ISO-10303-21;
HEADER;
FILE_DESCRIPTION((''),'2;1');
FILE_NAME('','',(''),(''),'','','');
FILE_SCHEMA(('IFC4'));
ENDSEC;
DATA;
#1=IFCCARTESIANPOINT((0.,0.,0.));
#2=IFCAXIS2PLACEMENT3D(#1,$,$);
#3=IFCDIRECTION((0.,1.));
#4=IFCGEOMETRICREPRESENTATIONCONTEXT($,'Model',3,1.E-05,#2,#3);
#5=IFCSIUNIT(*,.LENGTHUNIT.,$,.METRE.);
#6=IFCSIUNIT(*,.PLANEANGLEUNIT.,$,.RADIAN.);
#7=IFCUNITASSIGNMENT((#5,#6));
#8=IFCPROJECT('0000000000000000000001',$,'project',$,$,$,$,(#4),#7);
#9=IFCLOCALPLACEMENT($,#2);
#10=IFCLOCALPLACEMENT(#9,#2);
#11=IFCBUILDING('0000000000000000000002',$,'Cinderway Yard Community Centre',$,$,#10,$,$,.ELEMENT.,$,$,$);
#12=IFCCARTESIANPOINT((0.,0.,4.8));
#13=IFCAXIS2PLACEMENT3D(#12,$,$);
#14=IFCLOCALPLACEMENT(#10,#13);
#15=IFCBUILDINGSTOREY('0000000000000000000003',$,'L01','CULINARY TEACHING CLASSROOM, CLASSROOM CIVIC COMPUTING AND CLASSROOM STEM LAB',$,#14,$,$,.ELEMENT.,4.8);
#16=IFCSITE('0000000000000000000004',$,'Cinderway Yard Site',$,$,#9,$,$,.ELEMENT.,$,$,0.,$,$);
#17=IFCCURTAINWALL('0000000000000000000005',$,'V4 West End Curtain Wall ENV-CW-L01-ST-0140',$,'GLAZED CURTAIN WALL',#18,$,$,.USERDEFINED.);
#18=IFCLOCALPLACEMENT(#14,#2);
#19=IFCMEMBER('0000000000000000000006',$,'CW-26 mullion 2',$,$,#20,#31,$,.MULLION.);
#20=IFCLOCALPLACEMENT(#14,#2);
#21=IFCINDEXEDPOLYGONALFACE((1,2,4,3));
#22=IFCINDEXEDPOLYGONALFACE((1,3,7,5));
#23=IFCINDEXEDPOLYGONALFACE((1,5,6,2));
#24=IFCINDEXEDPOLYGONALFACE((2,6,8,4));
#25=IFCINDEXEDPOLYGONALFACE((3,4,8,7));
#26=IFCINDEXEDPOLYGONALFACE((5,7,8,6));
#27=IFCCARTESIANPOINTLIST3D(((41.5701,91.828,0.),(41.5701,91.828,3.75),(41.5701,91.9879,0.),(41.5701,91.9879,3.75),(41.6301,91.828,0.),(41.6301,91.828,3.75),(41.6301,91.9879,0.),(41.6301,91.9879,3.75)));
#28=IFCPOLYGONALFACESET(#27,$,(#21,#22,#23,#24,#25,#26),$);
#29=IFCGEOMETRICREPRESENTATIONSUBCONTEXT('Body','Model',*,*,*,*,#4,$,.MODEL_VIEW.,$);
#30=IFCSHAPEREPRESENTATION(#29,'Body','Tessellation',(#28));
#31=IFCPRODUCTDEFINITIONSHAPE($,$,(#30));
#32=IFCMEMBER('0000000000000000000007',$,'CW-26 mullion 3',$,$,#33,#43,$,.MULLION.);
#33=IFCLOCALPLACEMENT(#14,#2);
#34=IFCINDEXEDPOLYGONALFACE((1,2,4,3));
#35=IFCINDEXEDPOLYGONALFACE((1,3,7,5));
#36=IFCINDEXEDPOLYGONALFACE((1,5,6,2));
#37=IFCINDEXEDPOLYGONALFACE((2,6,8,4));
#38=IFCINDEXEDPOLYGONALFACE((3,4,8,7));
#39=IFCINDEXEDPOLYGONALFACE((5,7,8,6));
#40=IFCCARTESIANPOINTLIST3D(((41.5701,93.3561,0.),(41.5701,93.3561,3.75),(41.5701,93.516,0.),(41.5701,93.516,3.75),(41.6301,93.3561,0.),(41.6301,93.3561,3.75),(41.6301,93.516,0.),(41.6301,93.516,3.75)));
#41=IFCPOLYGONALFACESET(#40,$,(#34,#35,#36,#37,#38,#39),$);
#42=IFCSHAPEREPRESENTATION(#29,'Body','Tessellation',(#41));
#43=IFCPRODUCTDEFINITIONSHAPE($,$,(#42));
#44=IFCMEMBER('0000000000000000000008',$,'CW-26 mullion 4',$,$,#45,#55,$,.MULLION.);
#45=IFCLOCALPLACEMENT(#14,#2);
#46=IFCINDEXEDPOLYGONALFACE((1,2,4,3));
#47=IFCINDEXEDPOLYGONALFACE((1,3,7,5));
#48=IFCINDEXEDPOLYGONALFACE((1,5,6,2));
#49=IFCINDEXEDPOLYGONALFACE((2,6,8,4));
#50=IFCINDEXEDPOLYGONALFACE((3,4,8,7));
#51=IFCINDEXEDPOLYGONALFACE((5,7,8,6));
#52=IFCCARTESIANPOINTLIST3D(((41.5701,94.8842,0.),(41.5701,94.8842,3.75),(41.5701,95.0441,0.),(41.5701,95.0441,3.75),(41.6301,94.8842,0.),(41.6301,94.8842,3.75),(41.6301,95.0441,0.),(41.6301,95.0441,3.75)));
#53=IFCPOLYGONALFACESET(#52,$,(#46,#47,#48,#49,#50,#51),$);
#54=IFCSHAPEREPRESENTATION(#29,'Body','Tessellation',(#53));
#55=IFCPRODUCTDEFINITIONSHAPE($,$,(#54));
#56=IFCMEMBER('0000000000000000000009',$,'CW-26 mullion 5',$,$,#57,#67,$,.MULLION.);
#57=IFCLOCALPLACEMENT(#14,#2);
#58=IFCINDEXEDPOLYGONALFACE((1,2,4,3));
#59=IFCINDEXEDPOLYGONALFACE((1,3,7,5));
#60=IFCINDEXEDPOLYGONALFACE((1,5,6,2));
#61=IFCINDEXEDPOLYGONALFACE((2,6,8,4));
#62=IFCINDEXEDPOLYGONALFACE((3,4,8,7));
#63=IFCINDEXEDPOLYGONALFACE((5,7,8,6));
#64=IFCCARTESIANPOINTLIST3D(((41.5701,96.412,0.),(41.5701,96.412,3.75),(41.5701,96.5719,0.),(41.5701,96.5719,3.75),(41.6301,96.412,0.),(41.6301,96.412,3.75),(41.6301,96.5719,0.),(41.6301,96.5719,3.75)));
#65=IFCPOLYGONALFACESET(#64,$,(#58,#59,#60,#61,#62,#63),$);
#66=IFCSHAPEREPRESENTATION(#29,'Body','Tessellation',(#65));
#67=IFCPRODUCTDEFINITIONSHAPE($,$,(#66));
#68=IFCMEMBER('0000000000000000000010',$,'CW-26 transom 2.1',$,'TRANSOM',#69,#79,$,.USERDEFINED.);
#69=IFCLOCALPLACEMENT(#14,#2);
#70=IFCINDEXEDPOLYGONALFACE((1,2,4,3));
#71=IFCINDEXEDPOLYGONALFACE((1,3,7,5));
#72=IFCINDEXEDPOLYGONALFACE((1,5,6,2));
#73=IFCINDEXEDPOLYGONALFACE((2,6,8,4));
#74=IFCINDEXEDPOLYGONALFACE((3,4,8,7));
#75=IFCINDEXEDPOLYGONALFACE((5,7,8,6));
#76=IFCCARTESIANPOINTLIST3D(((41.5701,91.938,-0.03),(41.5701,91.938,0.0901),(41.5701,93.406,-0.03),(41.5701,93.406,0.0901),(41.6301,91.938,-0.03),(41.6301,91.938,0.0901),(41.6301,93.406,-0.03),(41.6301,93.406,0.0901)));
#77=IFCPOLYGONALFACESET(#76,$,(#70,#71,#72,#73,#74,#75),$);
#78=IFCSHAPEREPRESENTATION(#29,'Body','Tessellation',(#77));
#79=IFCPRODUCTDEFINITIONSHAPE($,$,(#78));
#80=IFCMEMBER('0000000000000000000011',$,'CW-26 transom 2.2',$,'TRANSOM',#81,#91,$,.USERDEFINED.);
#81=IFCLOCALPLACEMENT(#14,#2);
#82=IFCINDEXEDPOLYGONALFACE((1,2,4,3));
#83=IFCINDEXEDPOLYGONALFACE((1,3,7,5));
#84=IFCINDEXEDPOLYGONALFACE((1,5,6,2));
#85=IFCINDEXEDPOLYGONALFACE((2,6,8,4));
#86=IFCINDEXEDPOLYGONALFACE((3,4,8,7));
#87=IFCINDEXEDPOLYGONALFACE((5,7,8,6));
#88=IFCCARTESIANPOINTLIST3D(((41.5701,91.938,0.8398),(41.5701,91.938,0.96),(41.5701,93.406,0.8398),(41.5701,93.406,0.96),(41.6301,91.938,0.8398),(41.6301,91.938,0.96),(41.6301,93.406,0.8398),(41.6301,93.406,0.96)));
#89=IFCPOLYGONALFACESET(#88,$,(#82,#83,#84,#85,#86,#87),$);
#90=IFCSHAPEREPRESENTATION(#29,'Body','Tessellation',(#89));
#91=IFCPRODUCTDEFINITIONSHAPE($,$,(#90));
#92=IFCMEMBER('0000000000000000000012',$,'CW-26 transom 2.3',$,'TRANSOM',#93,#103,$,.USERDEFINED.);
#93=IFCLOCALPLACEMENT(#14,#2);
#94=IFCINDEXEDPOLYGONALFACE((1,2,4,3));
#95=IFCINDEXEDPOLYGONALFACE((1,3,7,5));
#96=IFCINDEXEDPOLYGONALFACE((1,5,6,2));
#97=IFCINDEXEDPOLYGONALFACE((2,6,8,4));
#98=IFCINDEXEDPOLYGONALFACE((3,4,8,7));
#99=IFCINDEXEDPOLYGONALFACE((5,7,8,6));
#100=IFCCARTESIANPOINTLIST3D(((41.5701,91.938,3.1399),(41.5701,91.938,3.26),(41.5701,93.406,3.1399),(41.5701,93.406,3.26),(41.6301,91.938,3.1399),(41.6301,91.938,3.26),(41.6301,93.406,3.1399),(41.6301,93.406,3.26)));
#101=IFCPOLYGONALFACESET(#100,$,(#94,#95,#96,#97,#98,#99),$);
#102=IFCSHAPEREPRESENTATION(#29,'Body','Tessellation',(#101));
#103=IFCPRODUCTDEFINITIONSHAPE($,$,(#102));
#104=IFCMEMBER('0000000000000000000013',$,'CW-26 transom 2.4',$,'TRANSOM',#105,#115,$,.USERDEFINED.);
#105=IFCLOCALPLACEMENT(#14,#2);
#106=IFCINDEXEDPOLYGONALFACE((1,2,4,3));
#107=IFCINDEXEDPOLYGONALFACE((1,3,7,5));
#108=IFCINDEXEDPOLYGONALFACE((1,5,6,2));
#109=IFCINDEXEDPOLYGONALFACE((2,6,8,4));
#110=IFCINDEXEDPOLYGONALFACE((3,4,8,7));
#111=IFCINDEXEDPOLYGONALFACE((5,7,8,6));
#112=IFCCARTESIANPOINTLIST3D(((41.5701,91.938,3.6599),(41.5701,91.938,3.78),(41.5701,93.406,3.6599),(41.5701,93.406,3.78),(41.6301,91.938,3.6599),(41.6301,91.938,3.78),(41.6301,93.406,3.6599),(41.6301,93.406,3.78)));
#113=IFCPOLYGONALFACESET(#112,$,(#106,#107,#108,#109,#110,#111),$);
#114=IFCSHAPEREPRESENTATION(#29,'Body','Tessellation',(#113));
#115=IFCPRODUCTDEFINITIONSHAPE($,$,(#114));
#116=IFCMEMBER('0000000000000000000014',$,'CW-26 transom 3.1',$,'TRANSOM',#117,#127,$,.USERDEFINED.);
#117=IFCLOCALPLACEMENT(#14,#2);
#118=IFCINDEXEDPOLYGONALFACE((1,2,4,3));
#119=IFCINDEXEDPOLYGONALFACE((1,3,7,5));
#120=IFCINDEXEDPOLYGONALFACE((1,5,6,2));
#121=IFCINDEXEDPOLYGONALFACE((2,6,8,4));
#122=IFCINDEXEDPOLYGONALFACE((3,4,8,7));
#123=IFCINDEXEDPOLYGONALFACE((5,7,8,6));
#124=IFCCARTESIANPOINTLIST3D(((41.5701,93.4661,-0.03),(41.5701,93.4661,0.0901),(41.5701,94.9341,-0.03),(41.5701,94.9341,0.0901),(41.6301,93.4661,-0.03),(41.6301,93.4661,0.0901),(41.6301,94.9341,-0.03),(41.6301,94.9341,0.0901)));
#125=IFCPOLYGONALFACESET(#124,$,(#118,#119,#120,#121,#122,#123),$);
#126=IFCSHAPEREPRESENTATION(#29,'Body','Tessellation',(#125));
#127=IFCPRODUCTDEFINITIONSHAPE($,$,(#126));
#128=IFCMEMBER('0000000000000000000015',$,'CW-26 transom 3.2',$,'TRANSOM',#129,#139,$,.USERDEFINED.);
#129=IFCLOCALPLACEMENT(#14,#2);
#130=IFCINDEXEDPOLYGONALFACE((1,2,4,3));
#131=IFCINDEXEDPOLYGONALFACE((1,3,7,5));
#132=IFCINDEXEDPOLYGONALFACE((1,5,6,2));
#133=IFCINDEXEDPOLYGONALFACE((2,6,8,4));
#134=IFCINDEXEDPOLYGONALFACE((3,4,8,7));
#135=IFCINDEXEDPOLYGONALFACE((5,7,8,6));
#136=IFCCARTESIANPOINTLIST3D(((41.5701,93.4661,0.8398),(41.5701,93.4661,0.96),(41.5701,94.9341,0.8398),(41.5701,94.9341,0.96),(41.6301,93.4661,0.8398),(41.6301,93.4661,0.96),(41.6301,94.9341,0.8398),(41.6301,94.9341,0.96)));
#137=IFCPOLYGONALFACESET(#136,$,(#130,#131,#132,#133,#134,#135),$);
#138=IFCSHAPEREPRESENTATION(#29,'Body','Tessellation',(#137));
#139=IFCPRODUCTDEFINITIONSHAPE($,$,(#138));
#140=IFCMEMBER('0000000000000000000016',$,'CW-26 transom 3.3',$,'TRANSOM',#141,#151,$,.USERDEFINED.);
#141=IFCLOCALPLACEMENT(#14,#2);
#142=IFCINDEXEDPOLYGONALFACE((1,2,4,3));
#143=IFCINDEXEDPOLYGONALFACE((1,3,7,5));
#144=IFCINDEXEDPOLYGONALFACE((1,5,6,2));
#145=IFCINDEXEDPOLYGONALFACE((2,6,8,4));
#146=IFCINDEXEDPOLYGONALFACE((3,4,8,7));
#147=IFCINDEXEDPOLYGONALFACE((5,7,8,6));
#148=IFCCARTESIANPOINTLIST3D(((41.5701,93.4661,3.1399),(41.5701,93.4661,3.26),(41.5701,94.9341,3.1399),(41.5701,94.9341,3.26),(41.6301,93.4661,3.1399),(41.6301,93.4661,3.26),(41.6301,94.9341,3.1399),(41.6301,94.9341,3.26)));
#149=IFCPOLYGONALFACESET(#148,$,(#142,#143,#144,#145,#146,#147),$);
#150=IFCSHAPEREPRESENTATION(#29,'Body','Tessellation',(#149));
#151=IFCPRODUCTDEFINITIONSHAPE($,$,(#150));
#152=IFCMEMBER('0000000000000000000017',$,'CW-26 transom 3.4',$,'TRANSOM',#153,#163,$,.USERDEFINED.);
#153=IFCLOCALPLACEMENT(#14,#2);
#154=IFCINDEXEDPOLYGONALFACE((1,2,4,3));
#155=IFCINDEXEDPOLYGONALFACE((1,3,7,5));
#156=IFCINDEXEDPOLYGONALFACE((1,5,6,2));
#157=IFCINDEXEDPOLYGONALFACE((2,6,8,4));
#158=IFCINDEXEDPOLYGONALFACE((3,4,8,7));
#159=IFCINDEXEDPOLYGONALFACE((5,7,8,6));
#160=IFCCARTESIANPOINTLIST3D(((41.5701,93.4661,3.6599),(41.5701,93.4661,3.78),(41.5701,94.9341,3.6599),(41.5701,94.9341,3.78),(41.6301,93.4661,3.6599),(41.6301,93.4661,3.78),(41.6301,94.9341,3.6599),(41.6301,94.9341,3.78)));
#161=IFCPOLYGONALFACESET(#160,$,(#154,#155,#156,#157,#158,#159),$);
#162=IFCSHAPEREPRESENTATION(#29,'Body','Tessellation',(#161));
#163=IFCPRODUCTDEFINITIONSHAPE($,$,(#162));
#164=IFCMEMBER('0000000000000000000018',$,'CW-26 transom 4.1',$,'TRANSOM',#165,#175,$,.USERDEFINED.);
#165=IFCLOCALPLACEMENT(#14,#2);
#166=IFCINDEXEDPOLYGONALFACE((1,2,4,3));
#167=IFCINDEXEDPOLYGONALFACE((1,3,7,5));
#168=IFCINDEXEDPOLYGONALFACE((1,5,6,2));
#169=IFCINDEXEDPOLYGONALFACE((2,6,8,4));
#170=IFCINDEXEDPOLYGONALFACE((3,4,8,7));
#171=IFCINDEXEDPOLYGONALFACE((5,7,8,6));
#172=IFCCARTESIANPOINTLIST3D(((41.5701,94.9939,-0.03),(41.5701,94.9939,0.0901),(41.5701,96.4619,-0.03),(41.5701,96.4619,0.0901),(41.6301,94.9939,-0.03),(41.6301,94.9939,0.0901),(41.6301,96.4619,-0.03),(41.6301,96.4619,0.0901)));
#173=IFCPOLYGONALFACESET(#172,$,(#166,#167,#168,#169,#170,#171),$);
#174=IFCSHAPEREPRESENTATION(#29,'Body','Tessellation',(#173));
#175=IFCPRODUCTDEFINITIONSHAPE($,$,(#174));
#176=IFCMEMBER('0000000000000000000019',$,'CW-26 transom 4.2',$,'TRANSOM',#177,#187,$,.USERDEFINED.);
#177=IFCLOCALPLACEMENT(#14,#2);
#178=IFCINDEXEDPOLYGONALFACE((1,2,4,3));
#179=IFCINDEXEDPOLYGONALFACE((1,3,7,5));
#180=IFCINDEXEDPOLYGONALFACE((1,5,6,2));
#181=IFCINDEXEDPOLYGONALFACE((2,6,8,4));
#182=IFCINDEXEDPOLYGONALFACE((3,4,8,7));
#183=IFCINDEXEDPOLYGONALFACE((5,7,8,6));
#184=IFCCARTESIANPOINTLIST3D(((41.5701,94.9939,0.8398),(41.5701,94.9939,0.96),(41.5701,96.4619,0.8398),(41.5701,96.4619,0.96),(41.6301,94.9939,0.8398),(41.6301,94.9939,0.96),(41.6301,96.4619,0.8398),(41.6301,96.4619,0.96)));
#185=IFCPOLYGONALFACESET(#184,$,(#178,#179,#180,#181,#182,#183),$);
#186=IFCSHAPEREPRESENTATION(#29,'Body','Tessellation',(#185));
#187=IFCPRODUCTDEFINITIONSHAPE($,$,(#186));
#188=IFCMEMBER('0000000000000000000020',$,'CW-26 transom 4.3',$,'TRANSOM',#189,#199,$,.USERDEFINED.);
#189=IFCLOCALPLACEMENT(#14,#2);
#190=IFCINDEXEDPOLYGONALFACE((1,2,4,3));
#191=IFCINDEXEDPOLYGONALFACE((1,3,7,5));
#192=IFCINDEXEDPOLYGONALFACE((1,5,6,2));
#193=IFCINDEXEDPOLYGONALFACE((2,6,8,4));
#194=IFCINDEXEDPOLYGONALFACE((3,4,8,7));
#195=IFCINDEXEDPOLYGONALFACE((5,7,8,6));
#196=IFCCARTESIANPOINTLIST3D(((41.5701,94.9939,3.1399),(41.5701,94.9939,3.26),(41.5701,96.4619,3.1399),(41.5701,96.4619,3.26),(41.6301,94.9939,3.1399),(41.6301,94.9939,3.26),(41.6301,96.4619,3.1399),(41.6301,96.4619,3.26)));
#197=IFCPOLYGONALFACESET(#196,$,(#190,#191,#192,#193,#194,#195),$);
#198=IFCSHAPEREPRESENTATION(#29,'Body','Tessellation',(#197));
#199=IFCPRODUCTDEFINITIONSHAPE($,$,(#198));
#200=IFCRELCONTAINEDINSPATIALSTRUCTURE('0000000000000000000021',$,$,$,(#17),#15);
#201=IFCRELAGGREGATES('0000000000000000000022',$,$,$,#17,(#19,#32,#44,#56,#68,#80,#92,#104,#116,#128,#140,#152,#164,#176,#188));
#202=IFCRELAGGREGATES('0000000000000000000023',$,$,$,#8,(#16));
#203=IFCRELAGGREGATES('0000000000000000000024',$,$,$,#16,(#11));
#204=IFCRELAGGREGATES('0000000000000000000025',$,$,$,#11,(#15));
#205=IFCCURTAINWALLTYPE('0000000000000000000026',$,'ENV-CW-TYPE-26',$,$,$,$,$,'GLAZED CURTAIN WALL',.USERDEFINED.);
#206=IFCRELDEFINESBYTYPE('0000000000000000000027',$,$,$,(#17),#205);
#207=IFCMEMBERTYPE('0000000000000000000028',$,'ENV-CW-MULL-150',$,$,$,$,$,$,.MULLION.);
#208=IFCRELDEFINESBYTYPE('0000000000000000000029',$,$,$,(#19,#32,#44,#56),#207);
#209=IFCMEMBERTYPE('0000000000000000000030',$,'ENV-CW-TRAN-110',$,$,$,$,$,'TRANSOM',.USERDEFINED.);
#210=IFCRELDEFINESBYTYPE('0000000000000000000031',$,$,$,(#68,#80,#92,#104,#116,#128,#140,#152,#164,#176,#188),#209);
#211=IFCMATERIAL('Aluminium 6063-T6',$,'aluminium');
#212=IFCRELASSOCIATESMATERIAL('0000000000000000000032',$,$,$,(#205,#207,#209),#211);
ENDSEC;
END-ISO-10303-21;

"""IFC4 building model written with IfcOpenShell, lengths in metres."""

from ifc_helpers import new_model, si_unit, direction, frame, origin, origin_2d, place, context, subcontext, project, spatial, rectangle, extrude, material, material_profile, profile_set, type_object, element, aggregate, save


model = new_model("IFC4")

# Units and contexts
model_context = context("Model", 3, precision=1e-05, world=origin(), true_north=direction((0.0, 1.0)))
body_context = subcontext(model_context, "Body", "Model", "MODEL_VIEW")
ifc_project = project(units=[si_unit("LENGTHUNIT", "METRE"), si_unit("PLANEANGLEUNIT", "RADIAN")], contexts=[model_context])

# Site, building, storey
site_placement = place(None, origin())
site = spatial("IfcSite", under=ifc_project, at=site_placement, Name="Cinderway Yard Site", CompositionType="ELEMENT", RefElevation=0.0)
building_placement = place(site_placement, origin())
building = spatial("IfcBuilding", under=site, at=building_placement, Name="Cinderway Yard Community Centre", CompositionType="ELEMENT")
storey_placement = place(building_placement, frame((0.0, 0.0, 4.8)))
storey = spatial("IfcBuildingStorey", under=building, at=storey_placement, Name="L01", Description="CULINARY TEACHING CLASSROOM, CLASSROOM CIVIC COMPUTING AND CLASSROOM STEM LAB", CompositionType="ELEMENT", Elevation=4.8)

# Curtain wall, members
ifc_material_1 = material(Name="Aluminium 6063-T6", Category="aluminium")
curtain_wall_type = type_object("IfcCurtainWallType", Name="ENV-CW-TYPE-26", ElementType="GLAZED CURTAIN WALL", PredefinedType="USERDEFINED", material=ifc_material_1)
curtain_wall_placement = place(storey_placement, origin())
curtain_wall = element("IfcCurtainWall", 1, at=curtain_wall_placement, inside=storey, type_object=curtain_wall_type, Name="V4 West End Curtain Wall ENV-CW-L01-ST-0140", ObjectType="GLAZED CURTAIN WALL", PredefinedType="USERDEFINED")
ifc_material_profile_1 = material_profile(ifc_material_1, rectangle(XDim=0.0601, YDim=0.1599, at=origin_2d()), Name="Aluminium 6063-T6")
ifc_profile_set_1 = profile_set([ifc_material_profile_1], Name="Aluminium 6063-T6")
member_type_1 = type_object("IfcMemberType", Name="ENV-CW-MULL-150", PredefinedType="MULLION", material=ifc_profile_set_1)
member_1_placement = place(storey_placement, frame((41.6001, 91.908, 0.0), z_axis=(0.0, 0.0, 1.0), x_axis=(-1.0, 0.0, 0.0)))
member_1 = element("IfcMember", 2, at=member_1_placement, type_object=member_type_1, Name="CW-26 mullion 2", PredefinedType="MULLION", context=body_context, shape_type="SweptSolid", body=[
    extrude(rectangle(XDim=0.0601, YDim=0.1599, at=origin_2d()), origin(), (0.0, 0.0, 1.0), 3.75),
])
member_2_placement = place(storey_placement, frame((41.6001, 93.436, 0.0), z_axis=(0.0, 0.0, 1.0), x_axis=(-1.0, 0.0, 0.0)))
member_2 = element("IfcMember", 3, at=member_2_placement, type_object=member_type_1, Name="CW-26 mullion 3", PredefinedType="MULLION", context=body_context, shape_type="SweptSolid", body=[
    extrude(rectangle(XDim=0.0601, YDim=0.1599, at=origin_2d()), origin(), (0.0, 0.0, 1.0), 3.75),
])
member_3_placement = place(storey_placement, frame((41.6001, 94.9641, 0.0), z_axis=(0.0, 0.0, 1.0), x_axis=(-1.0, 0.0, 0.0)))
member_3 = element("IfcMember", 4, at=member_3_placement, type_object=member_type_1, Name="CW-26 mullion 4", PredefinedType="MULLION", context=body_context, shape_type="SweptSolid", body=[
    extrude(rectangle(XDim=0.0601, YDim=0.1599, at=origin_2d()), origin(), (0.0, 0.0, 1.0), 3.75),
])
member_4_placement = place(storey_placement, frame((41.6001, 96.4919, 0.0), z_axis=(0.0, 0.0, 1.0), x_axis=(-1.0, 0.0, 0.0)))
member_4 = element("IfcMember", 5, at=member_4_placement, type_object=member_type_1, Name="CW-26 mullion 5", PredefinedType="MULLION", context=body_context, shape_type="SweptSolid", body=[
    extrude(rectangle(XDim=0.0601, YDim=0.1599, at=origin_2d()), origin(), (0.0, 0.0, 1.0), 3.75),
])
ifc_material_profile_2 = material_profile(ifc_material_1, rectangle(XDim=0.0601, YDim=0.1201, at=origin_2d()), Name="Aluminium 6063-T6")
ifc_profile_set_2 = profile_set([ifc_material_profile_2], Name="Aluminium 6063-T6")
member_type_2 = type_object("IfcMemberType", Name="ENV-CW-TRAN-110", ElementType="TRANSOM", PredefinedType="USERDEFINED", material=ifc_profile_set_2)
member_5_placement = place(storey_placement, frame((41.6001, 91.938, 0.03), z_axis=(0.0, 1.0, 0.0), x_axis=(-1.0, 0.0, 0.0)))
member_5 = element("IfcMember", 6, at=member_5_placement, type_object=member_type_2, Name="CW-26 transom 2.1", ObjectType="TRANSOM", PredefinedType="USERDEFINED", context=body_context, shape_type="SweptSolid", body=[
    extrude(rectangle(XDim=0.0601, YDim=0.1201, at=origin_2d()), origin(), (0.0, 0.0, 1.0), 1.468),
])
member_6_placement = place(storey_placement, frame((41.6001, 91.938, 0.8999), z_axis=(0.0, 1.0, 0.0), x_axis=(-1.0, 0.0, 0.0)))
member_6 = element("IfcMember", 7, at=member_6_placement, type_object=member_type_2, Name="CW-26 transom 2.2", ObjectType="TRANSOM", PredefinedType="USERDEFINED", context=body_context, shape_type="SweptSolid", body=[
    extrude(rectangle(XDim=0.0601, YDim=0.1201, at=origin_2d()), origin(), (0.0, 0.0, 1.0), 1.468),
])
member_7_placement = place(storey_placement, frame((41.6001, 91.938, 3.2), z_axis=(0.0, 1.0, 0.0), x_axis=(-1.0, 0.0, 0.0)))
member_7 = element("IfcMember", 8, at=member_7_placement, type_object=member_type_2, Name="CW-26 transom 2.3", ObjectType="TRANSOM", PredefinedType="USERDEFINED", context=body_context, shape_type="SweptSolid", body=[
    extrude(rectangle(XDim=0.0601, YDim=0.1201, at=origin_2d()), origin(), (0.0, 0.0, 1.0), 1.468),
])
member_8_placement = place(storey_placement, frame((41.6001, 91.938, 3.72), z_axis=(0.0, 1.0, 0.0), x_axis=(-1.0, 0.0, 0.0)))
member_8 = element("IfcMember", 9, at=member_8_placement, type_object=member_type_2, Name="CW-26 transom 2.4", ObjectType="TRANSOM", PredefinedType="USERDEFINED", context=body_context, shape_type="SweptSolid", body=[
    extrude(rectangle(XDim=0.0601, YDim=0.1201, at=origin_2d()), origin(), (0.0, 0.0, 1.0), 1.468),
])
member_9_placement = place(storey_placement, frame((41.6001, 93.4661, 0.03), z_axis=(0.0, 1.0, 0.0), x_axis=(-1.0, 0.0, 0.0)))
member_9 = element("IfcMember", 10, at=member_9_placement, type_object=member_type_2, Name="CW-26 transom 3.1", ObjectType="TRANSOM", PredefinedType="USERDEFINED", context=body_context, shape_type="SweptSolid", body=[
    extrude(rectangle(XDim=0.0601, YDim=0.1201, at=origin_2d()), origin(), (0.0, 0.0, 1.0), 1.468),
])
member_10_placement = place(storey_placement, frame((41.6001, 93.4661, 0.8999), z_axis=(0.0, 1.0, 0.0), x_axis=(-1.0, 0.0, 0.0)))
member_10 = element("IfcMember", 11, at=member_10_placement, type_object=member_type_2, Name="CW-26 transom 3.2", ObjectType="TRANSOM", PredefinedType="USERDEFINED", context=body_context, shape_type="SweptSolid", body=[
    extrude(rectangle(XDim=0.0601, YDim=0.1201, at=origin_2d()), origin(), (0.0, 0.0, 1.0), 1.468),
])
member_11_placement = place(storey_placement, frame((41.6001, 93.4661, 3.2), z_axis=(0.0, 1.0, 0.0), x_axis=(-1.0, 0.0, 0.0)))
member_11 = element("IfcMember", 12, at=member_11_placement, type_object=member_type_2, Name="CW-26 transom 3.3", ObjectType="TRANSOM", PredefinedType="USERDEFINED", context=body_context, shape_type="SweptSolid", body=[
    extrude(rectangle(XDim=0.0601, YDim=0.1201, at=origin_2d()), origin(), (0.0, 0.0, 1.0), 1.468),
])
member_12_placement = place(storey_placement, frame((41.6001, 93.4661, 3.72), z_axis=(0.0, 1.0, 0.0), x_axis=(-1.0, 0.0, 0.0)))
member_12 = element("IfcMember", 13, at=member_12_placement, type_object=member_type_2, Name="CW-26 transom 3.4", ObjectType="TRANSOM", PredefinedType="USERDEFINED", context=body_context, shape_type="SweptSolid", body=[
    extrude(rectangle(XDim=0.0601, YDim=0.1201, at=origin_2d()), origin(), (0.0, 0.0, 1.0), 1.468),
])
member_13_placement = place(storey_placement, frame((41.6001, 94.9939, 0.03), z_axis=(0.0, 1.0, 0.0), x_axis=(-1.0, 0.0, 0.0)))
member_13 = element("IfcMember", 14, at=member_13_placement, type_object=member_type_2, Name="CW-26 transom 4.1", ObjectType="TRANSOM", PredefinedType="USERDEFINED", context=body_context, shape_type="SweptSolid", body=[
    extrude(rectangle(XDim=0.0601, YDim=0.1201, at=origin_2d()), origin(), (0.0, 0.0, 1.0), 1.468),
])
member_14_placement = place(storey_placement, frame((41.6001, 94.9939, 0.8999), z_axis=(0.0, 1.0, 0.0), x_axis=(-1.0, 0.0, 0.0)))
member_14 = element("IfcMember", 15, at=member_14_placement, type_object=member_type_2, Name="CW-26 transom 4.2", ObjectType="TRANSOM", PredefinedType="USERDEFINED", context=body_context, shape_type="SweptSolid", body=[
    extrude(rectangle(XDim=0.0601, YDim=0.1201, at=origin_2d()), origin(), (0.0, 0.0, 1.0), 1.468),
])
member_15_placement = place(storey_placement, frame((41.6001, 94.9939, 3.2), z_axis=(0.0, 1.0, 0.0), x_axis=(-1.0, 0.0, 0.0)))
member_15 = element("IfcMember", 16, at=member_15_placement, type_object=member_type_2, Name="CW-26 transom 4.3", ObjectType="TRANSOM", PredefinedType="USERDEFINED", context=body_context, shape_type="SweptSolid", body=[
    extrude(rectangle(XDim=0.0601, YDim=0.1201, at=origin_2d()), origin(), (0.0, 0.0, 1.0), 1.468),
])
aggregate(curtain_wall, [member_1, member_2, member_3, member_4, member_5, member_6, member_7, member_8, member_9, member_10, member_11, member_12, member_13, member_14, member_15])

save(model, "model.ifc")
